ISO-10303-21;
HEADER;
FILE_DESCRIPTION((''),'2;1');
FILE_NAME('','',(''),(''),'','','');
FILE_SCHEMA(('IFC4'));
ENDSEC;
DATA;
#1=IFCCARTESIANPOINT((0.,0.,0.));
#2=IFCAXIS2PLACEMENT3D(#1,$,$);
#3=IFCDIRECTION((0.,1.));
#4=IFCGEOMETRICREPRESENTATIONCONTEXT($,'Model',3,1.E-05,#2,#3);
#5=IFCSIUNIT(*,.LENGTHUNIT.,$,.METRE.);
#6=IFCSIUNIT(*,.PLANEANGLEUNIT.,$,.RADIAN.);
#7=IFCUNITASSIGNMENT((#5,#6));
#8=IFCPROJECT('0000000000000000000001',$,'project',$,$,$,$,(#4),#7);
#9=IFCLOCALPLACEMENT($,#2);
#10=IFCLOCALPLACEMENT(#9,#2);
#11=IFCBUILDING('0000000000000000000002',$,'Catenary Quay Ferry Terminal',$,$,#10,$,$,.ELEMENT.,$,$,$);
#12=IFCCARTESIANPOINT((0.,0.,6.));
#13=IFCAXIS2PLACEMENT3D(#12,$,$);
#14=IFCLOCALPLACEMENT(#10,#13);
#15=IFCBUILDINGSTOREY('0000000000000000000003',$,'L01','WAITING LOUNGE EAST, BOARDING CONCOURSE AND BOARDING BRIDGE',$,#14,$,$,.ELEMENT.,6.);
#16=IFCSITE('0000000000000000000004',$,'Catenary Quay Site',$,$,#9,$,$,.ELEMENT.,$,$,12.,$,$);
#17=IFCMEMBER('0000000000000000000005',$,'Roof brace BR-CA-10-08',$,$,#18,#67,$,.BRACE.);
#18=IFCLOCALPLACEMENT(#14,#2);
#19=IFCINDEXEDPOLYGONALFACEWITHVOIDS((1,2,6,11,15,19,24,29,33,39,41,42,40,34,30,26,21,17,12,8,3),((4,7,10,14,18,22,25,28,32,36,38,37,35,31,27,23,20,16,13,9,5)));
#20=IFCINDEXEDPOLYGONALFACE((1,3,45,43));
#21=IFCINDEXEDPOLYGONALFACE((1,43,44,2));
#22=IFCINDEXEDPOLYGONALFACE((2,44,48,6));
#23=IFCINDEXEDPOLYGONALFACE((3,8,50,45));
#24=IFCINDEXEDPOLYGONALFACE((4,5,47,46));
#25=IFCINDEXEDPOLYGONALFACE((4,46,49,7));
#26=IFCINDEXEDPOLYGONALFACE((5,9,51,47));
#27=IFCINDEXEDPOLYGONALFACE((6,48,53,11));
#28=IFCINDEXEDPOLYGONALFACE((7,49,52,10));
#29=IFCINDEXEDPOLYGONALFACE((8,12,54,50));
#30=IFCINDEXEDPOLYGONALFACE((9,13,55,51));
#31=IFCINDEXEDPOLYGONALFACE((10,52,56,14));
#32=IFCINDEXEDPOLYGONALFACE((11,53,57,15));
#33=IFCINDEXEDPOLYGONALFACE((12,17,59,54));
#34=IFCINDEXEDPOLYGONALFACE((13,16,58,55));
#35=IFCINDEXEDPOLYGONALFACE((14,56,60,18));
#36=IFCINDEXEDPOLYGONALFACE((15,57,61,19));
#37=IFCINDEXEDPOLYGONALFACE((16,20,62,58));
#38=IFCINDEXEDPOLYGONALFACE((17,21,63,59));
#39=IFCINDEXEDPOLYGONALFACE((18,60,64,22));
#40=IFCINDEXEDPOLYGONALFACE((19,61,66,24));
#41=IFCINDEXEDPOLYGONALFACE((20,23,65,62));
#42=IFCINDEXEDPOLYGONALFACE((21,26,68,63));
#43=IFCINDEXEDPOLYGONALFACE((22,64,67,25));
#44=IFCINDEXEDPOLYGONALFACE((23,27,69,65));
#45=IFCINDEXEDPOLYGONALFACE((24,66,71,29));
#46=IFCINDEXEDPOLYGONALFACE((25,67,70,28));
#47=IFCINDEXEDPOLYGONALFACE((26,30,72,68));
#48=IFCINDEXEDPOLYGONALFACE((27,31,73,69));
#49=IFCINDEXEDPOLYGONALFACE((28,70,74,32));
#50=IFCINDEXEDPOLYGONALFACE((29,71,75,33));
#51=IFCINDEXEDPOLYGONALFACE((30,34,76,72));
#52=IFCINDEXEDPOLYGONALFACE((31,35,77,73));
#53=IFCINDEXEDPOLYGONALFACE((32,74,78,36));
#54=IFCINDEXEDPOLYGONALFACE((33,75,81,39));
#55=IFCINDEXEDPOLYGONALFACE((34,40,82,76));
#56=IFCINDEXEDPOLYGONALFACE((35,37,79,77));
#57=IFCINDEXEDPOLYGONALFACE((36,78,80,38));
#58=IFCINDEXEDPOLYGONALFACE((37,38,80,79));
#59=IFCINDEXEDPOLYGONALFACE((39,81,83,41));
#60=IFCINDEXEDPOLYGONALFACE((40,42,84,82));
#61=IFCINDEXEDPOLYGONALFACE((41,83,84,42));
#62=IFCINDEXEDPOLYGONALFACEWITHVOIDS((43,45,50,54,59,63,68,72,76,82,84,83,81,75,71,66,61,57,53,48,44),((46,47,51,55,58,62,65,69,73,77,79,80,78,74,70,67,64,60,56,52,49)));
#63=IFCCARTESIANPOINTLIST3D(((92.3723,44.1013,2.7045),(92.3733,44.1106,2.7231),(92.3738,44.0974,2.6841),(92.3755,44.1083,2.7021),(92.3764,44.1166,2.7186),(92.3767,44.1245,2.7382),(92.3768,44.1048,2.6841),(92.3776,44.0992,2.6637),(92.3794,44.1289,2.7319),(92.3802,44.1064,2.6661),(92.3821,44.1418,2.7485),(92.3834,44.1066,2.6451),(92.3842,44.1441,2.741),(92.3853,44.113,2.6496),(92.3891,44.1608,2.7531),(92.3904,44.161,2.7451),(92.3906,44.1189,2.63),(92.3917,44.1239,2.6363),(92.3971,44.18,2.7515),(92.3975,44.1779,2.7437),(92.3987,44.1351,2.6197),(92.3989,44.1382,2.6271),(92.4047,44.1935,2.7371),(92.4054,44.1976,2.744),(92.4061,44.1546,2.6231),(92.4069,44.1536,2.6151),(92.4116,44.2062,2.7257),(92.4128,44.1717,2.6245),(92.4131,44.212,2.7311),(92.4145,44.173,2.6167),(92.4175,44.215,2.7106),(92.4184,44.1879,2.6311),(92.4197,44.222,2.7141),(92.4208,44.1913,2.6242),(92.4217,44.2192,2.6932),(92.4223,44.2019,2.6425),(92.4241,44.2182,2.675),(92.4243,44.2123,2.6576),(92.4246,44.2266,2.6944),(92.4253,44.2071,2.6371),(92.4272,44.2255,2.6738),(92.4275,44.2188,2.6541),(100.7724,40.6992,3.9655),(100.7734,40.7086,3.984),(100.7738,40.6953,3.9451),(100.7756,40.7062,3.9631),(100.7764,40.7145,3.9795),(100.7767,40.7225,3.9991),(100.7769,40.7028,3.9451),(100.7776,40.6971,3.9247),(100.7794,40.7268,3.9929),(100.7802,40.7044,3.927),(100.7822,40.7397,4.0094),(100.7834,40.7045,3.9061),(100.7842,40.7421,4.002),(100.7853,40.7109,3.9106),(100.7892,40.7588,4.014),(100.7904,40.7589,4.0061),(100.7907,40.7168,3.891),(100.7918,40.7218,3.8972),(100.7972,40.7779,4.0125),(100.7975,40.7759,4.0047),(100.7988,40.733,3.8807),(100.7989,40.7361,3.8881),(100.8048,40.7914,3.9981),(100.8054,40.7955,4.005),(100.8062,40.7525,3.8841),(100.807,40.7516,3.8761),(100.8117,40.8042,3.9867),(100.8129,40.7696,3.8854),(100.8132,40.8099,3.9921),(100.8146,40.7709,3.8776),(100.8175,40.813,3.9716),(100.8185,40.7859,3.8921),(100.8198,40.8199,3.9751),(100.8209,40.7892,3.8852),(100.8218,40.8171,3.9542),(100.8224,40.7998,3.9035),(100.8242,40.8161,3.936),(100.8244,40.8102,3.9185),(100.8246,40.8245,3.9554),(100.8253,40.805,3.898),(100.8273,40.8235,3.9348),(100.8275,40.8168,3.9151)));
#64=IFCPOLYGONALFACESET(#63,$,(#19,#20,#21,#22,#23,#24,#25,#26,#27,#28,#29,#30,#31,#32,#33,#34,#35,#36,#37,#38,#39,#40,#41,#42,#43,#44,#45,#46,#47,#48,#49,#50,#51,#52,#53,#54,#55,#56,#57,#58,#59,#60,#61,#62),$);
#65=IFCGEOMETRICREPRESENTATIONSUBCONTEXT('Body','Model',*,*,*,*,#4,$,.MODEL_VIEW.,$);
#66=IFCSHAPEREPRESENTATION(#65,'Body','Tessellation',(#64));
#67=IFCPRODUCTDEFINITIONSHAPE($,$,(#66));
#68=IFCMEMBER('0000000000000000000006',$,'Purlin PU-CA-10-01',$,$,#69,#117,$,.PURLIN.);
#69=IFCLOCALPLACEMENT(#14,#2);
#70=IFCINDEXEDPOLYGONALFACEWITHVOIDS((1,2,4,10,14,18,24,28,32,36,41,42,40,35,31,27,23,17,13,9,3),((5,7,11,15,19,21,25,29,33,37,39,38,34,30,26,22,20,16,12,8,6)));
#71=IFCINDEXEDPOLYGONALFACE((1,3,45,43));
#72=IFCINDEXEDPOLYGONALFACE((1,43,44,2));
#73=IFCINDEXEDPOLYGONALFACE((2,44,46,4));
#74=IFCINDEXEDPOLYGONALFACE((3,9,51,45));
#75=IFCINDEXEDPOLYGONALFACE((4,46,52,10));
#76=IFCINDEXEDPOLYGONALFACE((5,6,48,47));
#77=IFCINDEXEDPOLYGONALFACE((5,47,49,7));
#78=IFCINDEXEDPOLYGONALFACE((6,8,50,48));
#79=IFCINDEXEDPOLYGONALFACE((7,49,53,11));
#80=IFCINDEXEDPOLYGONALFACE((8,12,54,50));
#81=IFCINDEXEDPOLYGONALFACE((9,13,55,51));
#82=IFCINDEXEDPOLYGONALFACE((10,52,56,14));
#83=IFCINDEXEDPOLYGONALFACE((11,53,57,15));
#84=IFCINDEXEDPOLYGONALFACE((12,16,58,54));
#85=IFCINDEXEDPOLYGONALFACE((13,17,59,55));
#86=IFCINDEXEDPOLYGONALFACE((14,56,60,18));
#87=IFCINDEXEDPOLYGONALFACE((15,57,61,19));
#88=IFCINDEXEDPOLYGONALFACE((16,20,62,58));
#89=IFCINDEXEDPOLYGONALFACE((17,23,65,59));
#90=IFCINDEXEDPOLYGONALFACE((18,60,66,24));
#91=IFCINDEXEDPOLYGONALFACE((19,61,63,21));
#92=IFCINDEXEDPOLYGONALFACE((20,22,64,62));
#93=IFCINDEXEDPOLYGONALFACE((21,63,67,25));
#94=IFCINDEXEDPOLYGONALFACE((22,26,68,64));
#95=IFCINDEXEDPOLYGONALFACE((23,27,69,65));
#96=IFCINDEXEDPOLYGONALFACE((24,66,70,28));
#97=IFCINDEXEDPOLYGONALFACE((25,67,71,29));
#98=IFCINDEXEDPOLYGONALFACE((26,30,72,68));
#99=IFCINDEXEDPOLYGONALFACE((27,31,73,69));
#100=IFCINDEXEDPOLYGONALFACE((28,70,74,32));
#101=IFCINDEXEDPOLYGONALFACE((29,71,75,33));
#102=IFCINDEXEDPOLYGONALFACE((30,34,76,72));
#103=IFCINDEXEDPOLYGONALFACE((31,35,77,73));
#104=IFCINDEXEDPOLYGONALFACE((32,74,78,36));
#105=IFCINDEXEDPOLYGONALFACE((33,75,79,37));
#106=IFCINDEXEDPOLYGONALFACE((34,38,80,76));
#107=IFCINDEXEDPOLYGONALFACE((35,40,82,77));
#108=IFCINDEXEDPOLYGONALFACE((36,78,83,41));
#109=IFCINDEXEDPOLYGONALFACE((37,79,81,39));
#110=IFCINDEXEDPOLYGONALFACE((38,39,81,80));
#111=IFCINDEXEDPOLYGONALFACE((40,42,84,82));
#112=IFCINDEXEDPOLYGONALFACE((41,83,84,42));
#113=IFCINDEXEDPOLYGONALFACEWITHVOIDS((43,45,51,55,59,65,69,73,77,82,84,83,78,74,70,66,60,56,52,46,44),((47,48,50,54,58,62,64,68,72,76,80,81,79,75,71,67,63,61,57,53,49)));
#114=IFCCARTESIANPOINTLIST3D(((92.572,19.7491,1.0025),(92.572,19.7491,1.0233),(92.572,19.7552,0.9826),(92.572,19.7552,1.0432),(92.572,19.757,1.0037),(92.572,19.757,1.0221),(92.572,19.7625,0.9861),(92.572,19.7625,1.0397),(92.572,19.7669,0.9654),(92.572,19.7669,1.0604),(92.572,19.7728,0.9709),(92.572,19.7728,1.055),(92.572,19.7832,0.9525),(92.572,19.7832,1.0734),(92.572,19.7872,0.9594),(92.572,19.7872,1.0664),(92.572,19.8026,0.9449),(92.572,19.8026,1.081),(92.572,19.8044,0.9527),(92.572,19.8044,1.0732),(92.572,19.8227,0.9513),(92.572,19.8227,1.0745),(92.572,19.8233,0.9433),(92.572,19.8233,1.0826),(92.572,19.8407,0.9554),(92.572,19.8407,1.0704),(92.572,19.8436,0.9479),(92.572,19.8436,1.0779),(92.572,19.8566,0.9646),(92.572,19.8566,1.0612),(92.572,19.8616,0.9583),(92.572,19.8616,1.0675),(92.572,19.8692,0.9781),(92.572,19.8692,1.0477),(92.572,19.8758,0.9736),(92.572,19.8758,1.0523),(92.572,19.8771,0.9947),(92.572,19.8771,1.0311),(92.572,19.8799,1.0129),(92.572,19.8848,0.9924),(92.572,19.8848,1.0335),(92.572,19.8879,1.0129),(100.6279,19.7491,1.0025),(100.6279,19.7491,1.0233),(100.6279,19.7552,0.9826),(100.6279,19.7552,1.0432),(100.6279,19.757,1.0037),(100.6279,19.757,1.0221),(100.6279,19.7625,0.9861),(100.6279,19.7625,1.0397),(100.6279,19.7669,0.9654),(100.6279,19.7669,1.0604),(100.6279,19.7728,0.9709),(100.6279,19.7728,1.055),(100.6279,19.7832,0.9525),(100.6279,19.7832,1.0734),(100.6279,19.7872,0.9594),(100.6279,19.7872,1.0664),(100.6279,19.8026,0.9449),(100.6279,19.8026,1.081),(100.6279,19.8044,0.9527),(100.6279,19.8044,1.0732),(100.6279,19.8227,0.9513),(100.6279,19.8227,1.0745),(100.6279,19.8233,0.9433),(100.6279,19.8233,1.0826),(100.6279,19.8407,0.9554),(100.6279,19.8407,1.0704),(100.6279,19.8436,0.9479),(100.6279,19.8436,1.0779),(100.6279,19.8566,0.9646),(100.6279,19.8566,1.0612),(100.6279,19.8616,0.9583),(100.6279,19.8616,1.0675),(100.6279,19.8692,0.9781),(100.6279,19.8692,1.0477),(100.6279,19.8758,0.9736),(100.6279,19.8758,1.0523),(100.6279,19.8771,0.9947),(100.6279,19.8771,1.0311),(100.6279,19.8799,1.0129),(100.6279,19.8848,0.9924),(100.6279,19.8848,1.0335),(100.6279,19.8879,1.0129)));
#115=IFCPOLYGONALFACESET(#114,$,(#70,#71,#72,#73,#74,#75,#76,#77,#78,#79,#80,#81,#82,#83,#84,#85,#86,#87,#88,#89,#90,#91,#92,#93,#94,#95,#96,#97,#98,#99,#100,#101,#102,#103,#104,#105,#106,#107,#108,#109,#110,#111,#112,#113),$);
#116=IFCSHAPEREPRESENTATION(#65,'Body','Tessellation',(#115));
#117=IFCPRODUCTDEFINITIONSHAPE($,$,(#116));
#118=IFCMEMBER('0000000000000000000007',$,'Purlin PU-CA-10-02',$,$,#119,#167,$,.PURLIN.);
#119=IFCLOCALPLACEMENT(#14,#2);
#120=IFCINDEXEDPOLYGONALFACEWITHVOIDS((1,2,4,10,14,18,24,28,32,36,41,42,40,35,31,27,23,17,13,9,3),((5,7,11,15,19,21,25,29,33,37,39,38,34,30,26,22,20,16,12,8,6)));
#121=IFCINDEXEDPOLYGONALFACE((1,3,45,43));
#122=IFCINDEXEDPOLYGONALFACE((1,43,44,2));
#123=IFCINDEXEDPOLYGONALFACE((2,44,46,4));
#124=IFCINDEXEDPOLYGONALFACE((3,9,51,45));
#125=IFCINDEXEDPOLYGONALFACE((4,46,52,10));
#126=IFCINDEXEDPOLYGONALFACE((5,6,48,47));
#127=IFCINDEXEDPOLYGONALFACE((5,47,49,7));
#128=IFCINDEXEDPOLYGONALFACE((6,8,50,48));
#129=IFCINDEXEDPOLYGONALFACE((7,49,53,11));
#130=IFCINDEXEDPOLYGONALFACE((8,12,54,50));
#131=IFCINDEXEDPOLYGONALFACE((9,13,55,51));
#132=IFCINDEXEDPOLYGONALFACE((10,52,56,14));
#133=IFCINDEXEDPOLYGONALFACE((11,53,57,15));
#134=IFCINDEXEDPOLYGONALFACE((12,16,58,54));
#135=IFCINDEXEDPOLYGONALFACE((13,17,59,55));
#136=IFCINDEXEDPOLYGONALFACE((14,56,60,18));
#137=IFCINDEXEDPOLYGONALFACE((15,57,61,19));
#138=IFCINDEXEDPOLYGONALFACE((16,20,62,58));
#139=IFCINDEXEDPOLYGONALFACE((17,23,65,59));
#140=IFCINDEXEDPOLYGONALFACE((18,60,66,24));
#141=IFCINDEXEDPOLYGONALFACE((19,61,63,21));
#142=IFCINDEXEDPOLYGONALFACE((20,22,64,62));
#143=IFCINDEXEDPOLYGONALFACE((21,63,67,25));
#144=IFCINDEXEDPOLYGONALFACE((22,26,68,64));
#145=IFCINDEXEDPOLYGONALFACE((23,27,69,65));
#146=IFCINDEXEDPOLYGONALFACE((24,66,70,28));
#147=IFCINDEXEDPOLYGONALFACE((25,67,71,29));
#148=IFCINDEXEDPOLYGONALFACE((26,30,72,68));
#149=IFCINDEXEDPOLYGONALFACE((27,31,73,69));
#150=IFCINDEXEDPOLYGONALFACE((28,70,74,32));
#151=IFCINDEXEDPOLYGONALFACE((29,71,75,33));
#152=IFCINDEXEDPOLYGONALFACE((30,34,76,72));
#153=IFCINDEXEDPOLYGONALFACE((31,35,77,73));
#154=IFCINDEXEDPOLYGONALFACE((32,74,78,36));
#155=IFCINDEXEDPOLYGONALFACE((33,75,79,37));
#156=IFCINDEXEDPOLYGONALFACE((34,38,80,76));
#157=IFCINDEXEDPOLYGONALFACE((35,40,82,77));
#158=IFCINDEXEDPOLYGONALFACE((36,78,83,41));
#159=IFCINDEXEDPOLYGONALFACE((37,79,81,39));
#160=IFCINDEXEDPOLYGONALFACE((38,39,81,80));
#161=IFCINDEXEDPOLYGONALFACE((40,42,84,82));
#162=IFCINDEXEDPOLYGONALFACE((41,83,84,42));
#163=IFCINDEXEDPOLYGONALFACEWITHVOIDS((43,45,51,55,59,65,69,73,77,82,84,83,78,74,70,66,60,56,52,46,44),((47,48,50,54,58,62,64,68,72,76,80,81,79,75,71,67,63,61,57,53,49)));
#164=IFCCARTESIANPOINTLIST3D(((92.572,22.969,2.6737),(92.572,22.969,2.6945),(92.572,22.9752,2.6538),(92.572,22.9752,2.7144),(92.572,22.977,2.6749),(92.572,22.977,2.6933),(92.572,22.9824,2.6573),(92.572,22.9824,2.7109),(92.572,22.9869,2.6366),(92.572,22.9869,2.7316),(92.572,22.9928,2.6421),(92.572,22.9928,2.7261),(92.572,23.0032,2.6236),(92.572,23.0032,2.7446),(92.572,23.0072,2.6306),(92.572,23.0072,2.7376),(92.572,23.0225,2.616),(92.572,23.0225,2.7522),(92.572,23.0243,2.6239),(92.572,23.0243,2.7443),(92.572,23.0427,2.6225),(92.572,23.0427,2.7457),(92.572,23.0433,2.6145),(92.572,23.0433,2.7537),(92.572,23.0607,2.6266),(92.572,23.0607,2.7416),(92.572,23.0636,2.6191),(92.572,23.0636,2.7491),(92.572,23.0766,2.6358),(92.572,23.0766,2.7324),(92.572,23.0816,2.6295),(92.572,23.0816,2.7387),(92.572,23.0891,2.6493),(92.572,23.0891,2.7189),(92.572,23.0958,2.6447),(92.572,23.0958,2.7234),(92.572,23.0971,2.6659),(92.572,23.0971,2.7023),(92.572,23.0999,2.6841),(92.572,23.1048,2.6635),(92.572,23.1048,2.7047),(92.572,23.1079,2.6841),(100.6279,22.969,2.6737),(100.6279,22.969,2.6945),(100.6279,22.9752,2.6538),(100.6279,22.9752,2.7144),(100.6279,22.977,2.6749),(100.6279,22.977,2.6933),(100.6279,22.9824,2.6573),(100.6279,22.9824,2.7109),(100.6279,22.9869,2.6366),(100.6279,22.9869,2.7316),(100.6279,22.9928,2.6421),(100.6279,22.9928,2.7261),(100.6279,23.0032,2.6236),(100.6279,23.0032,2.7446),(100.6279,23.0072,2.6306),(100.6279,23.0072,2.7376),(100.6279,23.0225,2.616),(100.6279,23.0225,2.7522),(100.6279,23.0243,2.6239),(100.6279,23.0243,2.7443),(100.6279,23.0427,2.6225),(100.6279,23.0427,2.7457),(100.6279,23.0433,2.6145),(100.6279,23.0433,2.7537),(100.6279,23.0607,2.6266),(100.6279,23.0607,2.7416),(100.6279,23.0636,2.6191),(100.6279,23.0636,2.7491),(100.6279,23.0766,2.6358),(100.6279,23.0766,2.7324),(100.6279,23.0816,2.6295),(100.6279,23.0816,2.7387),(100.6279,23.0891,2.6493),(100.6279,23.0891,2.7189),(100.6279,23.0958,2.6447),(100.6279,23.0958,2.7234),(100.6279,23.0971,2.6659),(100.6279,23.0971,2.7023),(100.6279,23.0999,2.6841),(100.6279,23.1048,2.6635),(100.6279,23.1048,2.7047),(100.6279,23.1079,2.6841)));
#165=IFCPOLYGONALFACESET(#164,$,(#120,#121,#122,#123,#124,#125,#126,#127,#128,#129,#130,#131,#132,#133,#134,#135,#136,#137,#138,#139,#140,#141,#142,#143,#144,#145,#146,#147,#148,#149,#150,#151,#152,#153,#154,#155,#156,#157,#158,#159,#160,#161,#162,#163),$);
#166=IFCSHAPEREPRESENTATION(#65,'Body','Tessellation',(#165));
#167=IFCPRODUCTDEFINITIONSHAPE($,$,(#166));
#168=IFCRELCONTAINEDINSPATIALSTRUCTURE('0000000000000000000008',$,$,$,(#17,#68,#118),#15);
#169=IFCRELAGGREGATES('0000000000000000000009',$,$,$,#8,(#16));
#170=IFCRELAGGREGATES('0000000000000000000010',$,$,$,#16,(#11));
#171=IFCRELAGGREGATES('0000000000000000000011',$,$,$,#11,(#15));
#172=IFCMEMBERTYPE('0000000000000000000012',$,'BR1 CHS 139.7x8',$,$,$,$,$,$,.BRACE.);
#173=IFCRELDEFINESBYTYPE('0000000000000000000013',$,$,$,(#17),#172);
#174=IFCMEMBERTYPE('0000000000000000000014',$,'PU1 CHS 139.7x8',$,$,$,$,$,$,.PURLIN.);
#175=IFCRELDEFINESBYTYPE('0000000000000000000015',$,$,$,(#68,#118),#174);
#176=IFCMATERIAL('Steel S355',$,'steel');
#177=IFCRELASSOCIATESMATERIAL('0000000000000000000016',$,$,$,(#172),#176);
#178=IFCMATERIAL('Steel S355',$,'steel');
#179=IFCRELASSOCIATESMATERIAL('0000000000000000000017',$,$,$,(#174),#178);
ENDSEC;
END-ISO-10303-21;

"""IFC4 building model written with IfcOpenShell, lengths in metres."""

from ifc_helpers import new_model, si_unit, direction, frame, origin, origin_2d, place, context, subcontext, project, spatial, hollow_circle, extrude, material, material_profile, profile_set, type_object, element, save


model = new_model("IFC4")

# Units and contexts
model_context = context("Model", 3, precision=1e-05, world=origin(), true_north=direction((0.0, 1.0)))
body_context = subcontext(model_context, "Body", "Model", "MODEL_VIEW")
ifc_project = project(units=[si_unit("LENGTHUNIT", "METRE"), si_unit("PLANEANGLEUNIT", "RADIAN")], contexts=[model_context])

# Site, building, storey
site_placement = place(None, origin())
site = spatial("IfcSite", under=ifc_project, at=site_placement, Name="Catenary Quay Site", CompositionType="ELEMENT", RefElevation=12.0)
building_placement = place(site_placement, origin())
building = spatial("IfcBuilding", under=site, at=building_placement, Name="Catenary Quay Ferry Terminal", CompositionType="ELEMENT")
storey_placement = place(building_placement, frame((0.0, 0.0, 6.0)))
storey = spatial("IfcBuildingStorey", under=building, at=storey_placement, Name="L01", Description="WAITING LOUNGE EAST, BOARDING CONCOURSE AND BOARDING BRIDGE", CompositionType="ELEMENT", Elevation=6.0)

# Members
ifc_material_1 = material(Name="Steel S355", Category="steel")
ifc_material_profile_1 = material_profile(ifc_material_1, hollow_circle(Radius=0.0698, WallThickness=0.0081, at=origin_2d()), Name="CHS 139.7x8")
ifc_profile_set_1 = profile_set([ifc_material_profile_1], Name="Steel S355")
member_type_1 = type_object("IfcMemberType", Name="BR1 CHS 139.7x8", PredefinedType="BRACE", material=ifc_profile_set_1)
for number, where, z_axis, x_axis, name in (
    (1, (100.8, 40.76, 3.9451), (-0.918025, 0.371805, -0.137809), (-0.375386, -0.926868, 0.0), "Roof brace BR-CA-10-08"),
):
    element("IfcMember", number, at=place(storey_placement, frame(where, z_axis=z_axis, x_axis=x_axis)), inside=storey, type_object=member_type_1, Name=name, PredefinedType="BRACE", context=body_context, shape_type="SweptSolid", body=[
        extrude(hollow_circle(Radius=0.0698, WallThickness=0.0081, at=origin_2d()), origin(), (0.0, 0.0, 1.0), 9.1501),
    ])
ifc_material_2 = material(Name="Steel S355", Category="steel")
ifc_material_profile_2 = material_profile(ifc_material_2, hollow_circle(Radius=0.0698, WallThickness=0.0081, at=origin_2d()), Name="CHS 139.7x8")
ifc_profile_set_2 = profile_set([ifc_material_profile_2], Name="Steel S355")
member_type_2 = type_object("IfcMemberType", Name="PU1 CHS 139.7x8", PredefinedType="PURLIN", material=ifc_profile_set_2)
for number, where, z_axis, x_axis, name in (
    (2, (92.572, 19.8181, 1.0129), (1.0, 0.0, 0.0), (0.0, 1.0, 0.0), "Purlin PU-CA-10-01"),
    (3, (92.572, 23.0381, 2.6841), (1.0, 0.0, 0.0), (0.0, 1.0, 0.0), "Purlin PU-CA-10-02"),
):
    element("IfcMember", number, at=place(storey_placement, frame(where, z_axis=z_axis, x_axis=x_axis)), inside=storey, type_object=member_type_2, Name=name, PredefinedType="PURLIN", context=body_context, shape_type="SweptSolid", body=[
        extrude(hollow_circle(Radius=0.0698, WallThickness=0.0081, at=origin_2d()), origin(), (0.0, 0.0, 1.0), 8.0559),
    ])

save(model, "model.ifc")
